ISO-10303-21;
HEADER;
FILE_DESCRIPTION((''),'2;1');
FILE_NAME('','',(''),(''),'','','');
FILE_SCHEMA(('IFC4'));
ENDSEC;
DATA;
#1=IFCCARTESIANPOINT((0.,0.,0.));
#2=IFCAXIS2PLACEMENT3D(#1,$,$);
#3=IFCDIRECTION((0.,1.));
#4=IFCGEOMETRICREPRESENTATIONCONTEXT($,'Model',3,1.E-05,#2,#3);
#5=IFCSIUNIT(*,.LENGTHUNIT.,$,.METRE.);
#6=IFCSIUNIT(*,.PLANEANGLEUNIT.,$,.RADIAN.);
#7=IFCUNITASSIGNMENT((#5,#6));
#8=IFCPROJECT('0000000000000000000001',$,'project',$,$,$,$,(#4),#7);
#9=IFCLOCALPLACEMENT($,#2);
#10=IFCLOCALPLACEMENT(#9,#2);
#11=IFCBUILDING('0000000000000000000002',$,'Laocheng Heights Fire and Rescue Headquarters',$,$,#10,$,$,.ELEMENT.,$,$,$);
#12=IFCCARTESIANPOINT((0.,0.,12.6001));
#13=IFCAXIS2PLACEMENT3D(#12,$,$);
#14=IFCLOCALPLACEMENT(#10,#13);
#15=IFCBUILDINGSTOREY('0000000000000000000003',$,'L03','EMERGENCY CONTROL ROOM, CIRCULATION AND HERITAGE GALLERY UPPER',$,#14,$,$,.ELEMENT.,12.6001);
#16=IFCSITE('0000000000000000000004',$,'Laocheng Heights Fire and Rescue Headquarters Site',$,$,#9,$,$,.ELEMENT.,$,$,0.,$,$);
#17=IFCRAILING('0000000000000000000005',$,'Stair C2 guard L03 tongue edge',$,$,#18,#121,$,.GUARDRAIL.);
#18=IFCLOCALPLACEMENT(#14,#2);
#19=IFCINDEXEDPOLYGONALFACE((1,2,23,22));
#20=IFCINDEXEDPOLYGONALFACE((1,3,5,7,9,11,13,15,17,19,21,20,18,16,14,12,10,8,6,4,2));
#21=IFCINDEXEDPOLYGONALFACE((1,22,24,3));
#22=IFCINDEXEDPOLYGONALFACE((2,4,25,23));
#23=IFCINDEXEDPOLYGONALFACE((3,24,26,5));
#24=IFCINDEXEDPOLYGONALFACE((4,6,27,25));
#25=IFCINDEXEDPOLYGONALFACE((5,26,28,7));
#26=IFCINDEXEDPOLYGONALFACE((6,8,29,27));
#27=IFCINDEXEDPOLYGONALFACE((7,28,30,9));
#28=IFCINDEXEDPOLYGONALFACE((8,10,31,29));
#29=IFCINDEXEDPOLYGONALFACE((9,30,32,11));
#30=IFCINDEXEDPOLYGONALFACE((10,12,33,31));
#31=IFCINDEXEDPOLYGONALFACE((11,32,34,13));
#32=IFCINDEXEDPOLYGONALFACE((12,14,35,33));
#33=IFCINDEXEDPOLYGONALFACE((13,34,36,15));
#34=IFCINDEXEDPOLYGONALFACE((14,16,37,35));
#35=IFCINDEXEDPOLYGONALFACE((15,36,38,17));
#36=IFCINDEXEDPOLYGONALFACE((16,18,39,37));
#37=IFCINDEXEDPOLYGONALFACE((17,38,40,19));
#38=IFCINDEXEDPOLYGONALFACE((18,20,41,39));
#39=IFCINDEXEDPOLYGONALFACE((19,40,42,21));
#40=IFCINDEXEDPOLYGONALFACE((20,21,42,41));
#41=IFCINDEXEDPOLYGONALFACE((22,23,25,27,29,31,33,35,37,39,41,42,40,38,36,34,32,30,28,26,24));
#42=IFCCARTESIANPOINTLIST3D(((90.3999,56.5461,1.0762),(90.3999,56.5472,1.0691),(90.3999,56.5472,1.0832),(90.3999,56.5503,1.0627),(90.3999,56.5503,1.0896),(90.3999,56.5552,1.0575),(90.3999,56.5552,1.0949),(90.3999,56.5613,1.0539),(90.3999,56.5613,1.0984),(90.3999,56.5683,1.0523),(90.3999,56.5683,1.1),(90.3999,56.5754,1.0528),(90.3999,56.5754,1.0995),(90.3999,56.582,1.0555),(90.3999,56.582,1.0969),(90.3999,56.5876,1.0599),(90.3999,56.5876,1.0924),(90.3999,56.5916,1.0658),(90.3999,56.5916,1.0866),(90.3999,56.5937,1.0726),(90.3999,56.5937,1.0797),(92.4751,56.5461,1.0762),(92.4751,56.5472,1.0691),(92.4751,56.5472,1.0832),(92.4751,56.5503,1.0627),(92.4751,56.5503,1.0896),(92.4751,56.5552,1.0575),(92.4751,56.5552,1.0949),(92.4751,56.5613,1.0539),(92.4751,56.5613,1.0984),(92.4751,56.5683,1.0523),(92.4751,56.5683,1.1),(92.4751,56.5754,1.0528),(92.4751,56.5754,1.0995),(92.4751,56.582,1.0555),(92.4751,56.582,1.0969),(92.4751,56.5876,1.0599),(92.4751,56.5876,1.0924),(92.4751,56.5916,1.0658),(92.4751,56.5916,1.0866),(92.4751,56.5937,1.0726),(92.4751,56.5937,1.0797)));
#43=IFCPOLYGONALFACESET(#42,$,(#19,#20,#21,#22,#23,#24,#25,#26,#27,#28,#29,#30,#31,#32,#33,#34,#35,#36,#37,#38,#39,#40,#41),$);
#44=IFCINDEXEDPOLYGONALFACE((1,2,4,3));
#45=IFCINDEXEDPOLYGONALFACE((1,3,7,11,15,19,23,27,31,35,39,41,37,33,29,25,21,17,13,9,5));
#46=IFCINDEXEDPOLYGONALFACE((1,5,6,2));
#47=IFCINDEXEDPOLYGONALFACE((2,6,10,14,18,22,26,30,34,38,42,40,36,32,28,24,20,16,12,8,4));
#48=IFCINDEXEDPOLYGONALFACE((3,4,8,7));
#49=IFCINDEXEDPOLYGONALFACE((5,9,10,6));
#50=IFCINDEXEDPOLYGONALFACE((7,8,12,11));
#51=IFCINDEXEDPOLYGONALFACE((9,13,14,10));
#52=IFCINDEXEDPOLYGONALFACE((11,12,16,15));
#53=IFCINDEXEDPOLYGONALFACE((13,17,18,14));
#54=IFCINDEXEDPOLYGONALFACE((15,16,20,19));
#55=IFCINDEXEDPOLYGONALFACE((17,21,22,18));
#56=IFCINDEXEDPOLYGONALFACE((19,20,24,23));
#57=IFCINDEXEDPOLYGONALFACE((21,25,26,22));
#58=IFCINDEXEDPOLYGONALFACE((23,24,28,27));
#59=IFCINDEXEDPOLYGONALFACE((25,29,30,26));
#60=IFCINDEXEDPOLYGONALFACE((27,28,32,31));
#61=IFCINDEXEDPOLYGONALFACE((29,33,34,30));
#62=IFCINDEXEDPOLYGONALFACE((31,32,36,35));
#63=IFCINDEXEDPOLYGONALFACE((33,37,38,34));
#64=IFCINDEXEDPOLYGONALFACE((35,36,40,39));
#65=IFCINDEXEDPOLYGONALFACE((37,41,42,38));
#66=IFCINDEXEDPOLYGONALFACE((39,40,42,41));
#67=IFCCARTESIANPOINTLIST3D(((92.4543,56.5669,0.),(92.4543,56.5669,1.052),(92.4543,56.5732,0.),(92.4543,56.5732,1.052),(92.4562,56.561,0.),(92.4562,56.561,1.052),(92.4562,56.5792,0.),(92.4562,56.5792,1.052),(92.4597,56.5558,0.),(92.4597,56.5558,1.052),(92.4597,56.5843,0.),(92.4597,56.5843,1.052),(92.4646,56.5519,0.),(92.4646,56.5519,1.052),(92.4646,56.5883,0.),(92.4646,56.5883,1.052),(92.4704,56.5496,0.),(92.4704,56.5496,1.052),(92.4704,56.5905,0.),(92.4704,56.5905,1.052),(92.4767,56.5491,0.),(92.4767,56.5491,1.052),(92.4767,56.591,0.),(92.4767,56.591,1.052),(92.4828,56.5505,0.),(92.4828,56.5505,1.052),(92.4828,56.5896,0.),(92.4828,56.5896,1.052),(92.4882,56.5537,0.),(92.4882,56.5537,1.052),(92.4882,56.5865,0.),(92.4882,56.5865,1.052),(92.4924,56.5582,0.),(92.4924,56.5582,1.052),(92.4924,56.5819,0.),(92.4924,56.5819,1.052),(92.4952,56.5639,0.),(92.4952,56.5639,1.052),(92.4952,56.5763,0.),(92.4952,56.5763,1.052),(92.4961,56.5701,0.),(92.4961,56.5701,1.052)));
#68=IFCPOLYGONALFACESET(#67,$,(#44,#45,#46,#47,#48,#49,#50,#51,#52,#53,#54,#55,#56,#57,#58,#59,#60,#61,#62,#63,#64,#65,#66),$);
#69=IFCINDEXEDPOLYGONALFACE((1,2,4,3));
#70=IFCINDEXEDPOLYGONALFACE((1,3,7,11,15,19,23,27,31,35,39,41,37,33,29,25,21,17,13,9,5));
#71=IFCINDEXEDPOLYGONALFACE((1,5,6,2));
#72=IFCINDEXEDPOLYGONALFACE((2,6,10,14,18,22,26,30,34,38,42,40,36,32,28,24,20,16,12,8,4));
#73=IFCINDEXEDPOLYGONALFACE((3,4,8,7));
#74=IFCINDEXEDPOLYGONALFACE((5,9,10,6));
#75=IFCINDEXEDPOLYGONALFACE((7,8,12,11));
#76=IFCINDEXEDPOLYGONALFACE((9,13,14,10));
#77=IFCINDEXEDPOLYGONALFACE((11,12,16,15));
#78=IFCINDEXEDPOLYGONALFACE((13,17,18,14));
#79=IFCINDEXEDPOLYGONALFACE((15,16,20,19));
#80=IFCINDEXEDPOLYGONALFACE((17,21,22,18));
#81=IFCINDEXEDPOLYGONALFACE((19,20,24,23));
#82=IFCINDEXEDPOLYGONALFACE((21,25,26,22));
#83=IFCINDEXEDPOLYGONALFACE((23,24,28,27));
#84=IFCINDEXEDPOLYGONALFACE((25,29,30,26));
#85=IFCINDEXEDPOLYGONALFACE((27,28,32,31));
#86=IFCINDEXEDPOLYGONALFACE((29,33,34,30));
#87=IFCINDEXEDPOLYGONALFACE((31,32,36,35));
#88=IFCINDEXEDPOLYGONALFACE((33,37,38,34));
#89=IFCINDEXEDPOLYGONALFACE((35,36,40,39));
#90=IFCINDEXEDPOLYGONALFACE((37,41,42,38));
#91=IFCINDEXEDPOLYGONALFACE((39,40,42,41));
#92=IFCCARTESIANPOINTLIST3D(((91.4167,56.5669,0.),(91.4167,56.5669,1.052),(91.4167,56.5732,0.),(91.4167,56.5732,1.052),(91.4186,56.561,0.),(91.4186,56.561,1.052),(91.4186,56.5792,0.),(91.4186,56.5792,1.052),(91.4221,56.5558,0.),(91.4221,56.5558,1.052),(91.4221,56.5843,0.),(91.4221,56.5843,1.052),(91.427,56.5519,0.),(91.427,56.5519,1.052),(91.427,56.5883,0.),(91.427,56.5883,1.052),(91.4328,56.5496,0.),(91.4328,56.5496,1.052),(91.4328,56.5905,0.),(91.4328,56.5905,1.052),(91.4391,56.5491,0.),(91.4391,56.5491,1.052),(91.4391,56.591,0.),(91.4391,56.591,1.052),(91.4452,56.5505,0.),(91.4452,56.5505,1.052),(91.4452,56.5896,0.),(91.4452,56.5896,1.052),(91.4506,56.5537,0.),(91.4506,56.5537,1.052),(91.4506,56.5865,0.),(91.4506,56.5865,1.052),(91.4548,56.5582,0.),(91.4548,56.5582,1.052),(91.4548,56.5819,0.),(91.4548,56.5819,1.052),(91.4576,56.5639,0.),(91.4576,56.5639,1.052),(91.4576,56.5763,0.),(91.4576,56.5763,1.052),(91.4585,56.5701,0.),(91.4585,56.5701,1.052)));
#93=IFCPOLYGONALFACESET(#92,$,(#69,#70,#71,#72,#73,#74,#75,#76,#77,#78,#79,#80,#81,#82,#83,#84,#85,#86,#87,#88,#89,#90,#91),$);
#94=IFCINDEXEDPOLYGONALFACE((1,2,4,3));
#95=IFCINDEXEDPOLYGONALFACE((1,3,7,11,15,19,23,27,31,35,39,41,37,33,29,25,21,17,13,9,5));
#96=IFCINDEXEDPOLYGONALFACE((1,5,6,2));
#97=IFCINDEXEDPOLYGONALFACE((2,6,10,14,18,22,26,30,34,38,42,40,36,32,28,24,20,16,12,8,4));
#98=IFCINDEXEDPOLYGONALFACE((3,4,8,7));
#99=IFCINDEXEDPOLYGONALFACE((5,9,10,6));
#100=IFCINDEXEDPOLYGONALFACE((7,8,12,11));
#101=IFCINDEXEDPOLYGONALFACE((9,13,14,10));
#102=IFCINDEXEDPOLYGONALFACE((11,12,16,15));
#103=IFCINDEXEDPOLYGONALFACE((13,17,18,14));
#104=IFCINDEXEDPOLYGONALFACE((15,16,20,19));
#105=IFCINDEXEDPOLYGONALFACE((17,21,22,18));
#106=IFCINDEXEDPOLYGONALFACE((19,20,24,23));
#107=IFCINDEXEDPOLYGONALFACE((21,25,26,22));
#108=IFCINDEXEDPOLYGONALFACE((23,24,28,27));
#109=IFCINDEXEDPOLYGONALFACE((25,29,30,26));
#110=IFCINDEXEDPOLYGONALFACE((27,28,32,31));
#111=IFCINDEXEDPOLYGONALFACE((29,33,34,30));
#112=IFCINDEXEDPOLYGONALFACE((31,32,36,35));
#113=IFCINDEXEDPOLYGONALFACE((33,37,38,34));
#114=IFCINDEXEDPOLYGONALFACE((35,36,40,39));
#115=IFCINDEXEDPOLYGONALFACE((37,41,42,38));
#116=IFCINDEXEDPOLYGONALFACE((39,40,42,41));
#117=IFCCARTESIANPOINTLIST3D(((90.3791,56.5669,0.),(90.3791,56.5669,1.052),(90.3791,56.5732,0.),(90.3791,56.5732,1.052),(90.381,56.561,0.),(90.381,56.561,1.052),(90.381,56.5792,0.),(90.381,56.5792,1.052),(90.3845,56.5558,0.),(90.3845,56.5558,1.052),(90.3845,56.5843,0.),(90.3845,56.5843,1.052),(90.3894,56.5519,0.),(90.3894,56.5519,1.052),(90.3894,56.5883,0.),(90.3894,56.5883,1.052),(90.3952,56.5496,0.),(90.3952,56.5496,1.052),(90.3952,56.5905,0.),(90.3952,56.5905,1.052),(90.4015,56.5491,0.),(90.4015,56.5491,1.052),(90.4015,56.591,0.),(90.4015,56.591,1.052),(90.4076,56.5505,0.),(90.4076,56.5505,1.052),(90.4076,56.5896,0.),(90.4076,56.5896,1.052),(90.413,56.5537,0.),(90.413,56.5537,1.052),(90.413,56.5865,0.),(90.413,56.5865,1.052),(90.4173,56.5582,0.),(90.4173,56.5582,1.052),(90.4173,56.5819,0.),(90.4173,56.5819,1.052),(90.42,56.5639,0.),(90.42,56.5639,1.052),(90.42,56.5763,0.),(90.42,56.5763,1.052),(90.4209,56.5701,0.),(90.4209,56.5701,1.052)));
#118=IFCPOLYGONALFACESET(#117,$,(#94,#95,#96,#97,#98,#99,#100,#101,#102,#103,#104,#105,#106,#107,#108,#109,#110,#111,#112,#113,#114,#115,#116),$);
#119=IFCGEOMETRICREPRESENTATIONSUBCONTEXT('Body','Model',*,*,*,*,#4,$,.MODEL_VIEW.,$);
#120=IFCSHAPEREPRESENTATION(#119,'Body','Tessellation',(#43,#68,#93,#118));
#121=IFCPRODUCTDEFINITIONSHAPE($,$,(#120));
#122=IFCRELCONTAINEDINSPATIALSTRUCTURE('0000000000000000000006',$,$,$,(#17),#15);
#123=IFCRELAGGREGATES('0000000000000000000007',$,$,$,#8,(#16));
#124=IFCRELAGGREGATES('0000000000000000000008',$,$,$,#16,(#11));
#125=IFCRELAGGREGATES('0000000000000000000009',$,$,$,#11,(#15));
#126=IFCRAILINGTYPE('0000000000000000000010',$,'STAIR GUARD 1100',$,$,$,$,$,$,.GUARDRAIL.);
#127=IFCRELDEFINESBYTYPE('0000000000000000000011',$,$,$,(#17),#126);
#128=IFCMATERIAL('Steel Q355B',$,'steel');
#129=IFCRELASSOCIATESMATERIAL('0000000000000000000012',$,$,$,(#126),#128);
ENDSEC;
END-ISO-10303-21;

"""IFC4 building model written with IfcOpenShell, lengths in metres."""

from ifc_helpers import new_model, si_unit, direction, frame, origin, origin_2d, place, context, subcontext, project, spatial, circle, extrude, material, type_object, element, save


model = new_model("IFC4")

# Units and contexts
model_context = context("Model", 3, precision=1e-05, world=origin(), true_north=direction((0.0, 1.0)))
body_context = subcontext(model_context, "Body", "Model", "MODEL_VIEW")
ifc_project = project(units=[si_unit("LENGTHUNIT", "METRE"), si_unit("PLANEANGLEUNIT", "RADIAN")], contexts=[model_context])

# Site, building, storey
site_placement = place(None, origin())
site = spatial("IfcSite", under=ifc_project, at=site_placement, Name="Laocheng Heights Fire and Rescue Headquarters Site", CompositionType="ELEMENT", RefElevation=0.0)
building_placement = place(site_placement, origin())
building = spatial("IfcBuilding", under=site, at=building_placement, Name="Laocheng Heights Fire and Rescue Headquarters", CompositionType="ELEMENT")
storey_placement = place(building_placement, frame((0.0, 0.0, 12.6001)))
storey = spatial("IfcBuildingStorey", under=building, at=storey_placement, Name="L03", Description="EMERGENCY CONTROL ROOM, CIRCULATION AND HERITAGE GALLERY UPPER", CompositionType="ELEMENT", Elevation=12.6001)

# Railing
ifc_material_1 = material(Name="Steel Q355B", Category="steel")
railing_type_1 = type_object("IfcRailingType", Name="STAIR GUARD 1100", PredefinedType="GUARDRAIL", material=ifc_material_1)
railing_1_placement = place(storey_placement, frame((92.4751, 56.5701, 0.0)))
element("IfcRailing", 1, at=railing_1_placement, inside=storey, type_object=railing_type_1, Name="Stair C2 guard L03 tongue edge", PredefinedType="GUARDRAIL", context=body_context, shape_type="SweptSolid", body=[
    extrude(circle(Radius=0.0239, at=origin_2d()), frame((0.0, 0.0, 1.0762), z_axis=(-1.0, 0.0, 0.0), x_axis=(0.0, -1.0, 0.0)), (0.0, 0.0, 1.0), 2.0752),
    extrude(circle(Radius=0.021, at=origin_2d()), origin(), (0.0, 0.0, 1.0), 1.052),
    extrude(circle(Radius=0.021, at=origin_2d()), frame((-1.0376, 0.0, 0.0)), (0.0, 0.0, 1.0), 1.052),
    extrude(circle(Radius=0.021, at=origin_2d()), frame((-2.0752, 0.0, 0.0)), (0.0, 0.0, 1.0), 1.052),
])

save(model, "model.ifc")
